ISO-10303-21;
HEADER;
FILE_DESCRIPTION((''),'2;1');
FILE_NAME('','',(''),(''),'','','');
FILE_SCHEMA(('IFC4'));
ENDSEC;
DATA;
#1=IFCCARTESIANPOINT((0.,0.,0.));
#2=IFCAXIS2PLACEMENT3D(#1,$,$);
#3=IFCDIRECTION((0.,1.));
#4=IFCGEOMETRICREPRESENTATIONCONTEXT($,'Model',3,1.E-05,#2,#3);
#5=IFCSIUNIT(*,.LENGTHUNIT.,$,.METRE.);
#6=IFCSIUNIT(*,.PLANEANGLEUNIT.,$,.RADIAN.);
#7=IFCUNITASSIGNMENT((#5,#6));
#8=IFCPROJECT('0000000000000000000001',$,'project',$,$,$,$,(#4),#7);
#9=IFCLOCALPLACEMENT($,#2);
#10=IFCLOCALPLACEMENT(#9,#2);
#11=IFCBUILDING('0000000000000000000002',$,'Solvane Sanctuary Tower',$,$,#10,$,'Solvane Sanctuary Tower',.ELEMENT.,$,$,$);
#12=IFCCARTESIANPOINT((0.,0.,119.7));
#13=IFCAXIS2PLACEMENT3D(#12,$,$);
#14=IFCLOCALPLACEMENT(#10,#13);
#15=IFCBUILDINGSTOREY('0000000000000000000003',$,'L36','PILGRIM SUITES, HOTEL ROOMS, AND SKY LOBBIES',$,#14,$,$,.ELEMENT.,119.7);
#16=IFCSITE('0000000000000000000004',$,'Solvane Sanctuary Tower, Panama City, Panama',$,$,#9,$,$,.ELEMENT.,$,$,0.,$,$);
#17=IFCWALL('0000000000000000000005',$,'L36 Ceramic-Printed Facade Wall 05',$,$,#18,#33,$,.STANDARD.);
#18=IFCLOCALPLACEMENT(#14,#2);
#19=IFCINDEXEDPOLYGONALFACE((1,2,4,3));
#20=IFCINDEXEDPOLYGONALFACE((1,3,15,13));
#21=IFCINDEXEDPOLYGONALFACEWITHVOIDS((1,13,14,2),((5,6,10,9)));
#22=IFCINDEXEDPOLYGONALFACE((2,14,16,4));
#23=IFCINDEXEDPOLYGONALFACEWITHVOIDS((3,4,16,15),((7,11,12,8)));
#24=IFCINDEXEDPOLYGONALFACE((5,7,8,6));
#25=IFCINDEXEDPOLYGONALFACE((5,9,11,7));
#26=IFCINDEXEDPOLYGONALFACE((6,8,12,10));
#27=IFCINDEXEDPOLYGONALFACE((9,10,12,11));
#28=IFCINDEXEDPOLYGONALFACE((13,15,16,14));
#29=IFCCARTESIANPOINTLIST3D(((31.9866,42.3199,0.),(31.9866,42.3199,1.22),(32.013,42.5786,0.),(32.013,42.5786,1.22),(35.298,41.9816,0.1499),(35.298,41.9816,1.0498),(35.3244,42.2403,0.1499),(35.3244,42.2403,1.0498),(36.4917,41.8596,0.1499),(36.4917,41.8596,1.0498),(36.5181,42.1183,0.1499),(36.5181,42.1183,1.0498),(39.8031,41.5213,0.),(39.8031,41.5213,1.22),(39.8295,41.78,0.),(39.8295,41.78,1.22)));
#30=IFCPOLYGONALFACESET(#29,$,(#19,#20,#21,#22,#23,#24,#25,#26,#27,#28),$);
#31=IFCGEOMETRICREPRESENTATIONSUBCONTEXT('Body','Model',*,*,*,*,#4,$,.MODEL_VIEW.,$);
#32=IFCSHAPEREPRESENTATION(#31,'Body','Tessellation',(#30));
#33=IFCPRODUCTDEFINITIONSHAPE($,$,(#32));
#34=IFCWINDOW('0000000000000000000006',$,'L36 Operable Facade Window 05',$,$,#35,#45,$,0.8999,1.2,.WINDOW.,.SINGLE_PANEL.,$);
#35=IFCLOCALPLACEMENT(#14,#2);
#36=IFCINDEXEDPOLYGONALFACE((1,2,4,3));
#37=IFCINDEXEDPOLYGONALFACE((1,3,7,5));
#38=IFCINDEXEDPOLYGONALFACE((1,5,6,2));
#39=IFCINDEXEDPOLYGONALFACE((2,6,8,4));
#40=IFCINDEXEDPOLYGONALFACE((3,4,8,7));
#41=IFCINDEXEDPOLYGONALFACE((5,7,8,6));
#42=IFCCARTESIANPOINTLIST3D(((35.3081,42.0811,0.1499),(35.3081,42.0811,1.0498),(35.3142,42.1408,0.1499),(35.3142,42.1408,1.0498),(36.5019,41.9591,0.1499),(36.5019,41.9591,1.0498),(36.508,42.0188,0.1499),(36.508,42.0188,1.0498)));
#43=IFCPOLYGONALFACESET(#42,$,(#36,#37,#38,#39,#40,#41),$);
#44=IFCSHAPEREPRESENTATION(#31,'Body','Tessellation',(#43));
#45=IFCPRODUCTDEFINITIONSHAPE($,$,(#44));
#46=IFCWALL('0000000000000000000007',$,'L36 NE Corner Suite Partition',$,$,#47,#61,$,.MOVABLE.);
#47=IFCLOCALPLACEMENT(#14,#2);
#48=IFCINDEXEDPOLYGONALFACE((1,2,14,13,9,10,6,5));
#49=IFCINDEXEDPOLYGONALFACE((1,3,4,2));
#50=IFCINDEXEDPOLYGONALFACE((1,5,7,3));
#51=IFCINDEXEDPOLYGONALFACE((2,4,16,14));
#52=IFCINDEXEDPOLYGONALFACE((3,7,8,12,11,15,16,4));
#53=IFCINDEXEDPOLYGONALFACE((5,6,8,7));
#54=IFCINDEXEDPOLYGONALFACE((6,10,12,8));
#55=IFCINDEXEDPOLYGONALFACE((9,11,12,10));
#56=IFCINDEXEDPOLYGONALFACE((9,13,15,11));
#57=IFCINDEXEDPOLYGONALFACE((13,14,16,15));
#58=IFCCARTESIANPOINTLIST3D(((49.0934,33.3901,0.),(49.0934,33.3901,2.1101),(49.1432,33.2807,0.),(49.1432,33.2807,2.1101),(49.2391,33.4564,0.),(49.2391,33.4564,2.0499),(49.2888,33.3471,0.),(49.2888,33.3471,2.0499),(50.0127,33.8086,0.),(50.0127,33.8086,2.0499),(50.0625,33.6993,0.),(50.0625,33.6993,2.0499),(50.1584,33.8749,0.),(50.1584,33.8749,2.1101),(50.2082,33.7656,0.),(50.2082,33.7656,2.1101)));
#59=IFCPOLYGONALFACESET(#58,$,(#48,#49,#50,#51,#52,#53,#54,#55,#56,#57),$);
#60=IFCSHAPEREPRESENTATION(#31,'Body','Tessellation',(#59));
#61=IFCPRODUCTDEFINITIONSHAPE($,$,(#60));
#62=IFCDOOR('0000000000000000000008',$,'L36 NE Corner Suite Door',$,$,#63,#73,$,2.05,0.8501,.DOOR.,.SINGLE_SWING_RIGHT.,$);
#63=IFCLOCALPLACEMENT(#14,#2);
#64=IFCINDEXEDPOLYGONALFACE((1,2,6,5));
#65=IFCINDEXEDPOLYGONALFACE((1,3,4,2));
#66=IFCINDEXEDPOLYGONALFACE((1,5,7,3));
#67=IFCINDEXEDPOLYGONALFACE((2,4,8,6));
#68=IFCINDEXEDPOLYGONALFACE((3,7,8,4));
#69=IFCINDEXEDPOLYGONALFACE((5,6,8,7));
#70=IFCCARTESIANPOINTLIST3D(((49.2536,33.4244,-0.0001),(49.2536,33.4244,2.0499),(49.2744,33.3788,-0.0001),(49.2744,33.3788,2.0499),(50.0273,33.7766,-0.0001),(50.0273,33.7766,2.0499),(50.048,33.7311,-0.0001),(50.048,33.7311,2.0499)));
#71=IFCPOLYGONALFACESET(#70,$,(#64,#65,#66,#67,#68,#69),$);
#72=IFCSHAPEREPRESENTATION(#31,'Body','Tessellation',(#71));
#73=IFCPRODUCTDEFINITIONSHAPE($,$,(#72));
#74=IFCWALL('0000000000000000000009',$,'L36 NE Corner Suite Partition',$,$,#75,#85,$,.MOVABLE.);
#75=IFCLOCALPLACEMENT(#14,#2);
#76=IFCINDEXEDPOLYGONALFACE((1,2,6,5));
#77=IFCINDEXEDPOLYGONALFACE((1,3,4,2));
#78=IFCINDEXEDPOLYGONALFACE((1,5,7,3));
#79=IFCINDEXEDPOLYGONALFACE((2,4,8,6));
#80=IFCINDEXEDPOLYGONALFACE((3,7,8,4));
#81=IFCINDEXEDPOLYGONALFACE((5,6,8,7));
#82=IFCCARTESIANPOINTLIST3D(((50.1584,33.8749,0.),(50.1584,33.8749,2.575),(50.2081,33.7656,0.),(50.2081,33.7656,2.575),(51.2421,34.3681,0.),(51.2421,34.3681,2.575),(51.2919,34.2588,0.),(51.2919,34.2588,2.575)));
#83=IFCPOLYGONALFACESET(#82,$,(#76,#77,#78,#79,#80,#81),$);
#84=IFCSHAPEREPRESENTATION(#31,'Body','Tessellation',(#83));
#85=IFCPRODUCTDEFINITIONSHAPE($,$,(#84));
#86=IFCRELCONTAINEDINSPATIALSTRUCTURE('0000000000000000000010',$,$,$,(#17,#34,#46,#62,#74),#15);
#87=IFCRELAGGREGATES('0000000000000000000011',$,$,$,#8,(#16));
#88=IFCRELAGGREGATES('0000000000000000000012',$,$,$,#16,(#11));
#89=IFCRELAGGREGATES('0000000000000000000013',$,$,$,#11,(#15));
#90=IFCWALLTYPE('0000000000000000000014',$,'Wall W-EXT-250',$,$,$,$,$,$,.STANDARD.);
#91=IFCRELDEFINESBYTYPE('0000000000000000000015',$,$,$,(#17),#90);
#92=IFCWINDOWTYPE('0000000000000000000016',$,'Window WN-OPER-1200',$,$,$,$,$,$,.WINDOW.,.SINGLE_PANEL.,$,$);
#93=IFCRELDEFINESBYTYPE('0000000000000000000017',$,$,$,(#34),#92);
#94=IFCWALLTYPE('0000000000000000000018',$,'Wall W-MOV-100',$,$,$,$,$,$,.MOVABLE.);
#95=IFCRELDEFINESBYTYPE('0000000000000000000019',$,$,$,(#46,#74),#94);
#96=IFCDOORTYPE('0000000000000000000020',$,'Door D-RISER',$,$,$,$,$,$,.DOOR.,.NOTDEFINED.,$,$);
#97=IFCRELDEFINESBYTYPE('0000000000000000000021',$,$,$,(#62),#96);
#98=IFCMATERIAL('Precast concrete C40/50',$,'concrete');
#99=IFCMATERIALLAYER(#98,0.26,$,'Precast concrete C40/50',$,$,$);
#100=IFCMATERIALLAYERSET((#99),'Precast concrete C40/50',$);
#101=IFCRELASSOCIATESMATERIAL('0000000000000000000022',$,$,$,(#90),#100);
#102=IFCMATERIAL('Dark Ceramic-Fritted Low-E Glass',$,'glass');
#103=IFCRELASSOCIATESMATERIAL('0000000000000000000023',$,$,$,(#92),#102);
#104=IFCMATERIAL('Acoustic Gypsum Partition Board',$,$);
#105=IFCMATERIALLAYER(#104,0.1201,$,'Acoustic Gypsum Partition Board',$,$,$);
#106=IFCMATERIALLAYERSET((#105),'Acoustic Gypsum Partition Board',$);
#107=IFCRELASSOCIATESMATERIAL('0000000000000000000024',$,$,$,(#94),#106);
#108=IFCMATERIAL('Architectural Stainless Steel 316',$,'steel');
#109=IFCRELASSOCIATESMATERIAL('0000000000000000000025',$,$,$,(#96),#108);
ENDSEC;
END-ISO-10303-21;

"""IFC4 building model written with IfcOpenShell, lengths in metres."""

from ifc_helpers import new_model, si_unit, direction, frame, frame_2d, origin, place, context, subcontext, project, spatial, rectangle, extrude, material, layer, layer_set, type_object, element, fill, save


model = new_model("IFC4")

# Units and contexts
model_context = context("Model", 3, precision=1e-05, world=origin(), true_north=direction((0.0, 1.0)))
body_context = subcontext(model_context, "Body", "Model", "MODEL_VIEW")
ifc_project = project(units=[si_unit("LENGTHUNIT", "METRE"), si_unit("PLANEANGLEUNIT", "RADIAN")], contexts=[model_context])

# Site, building, storey
site_placement = place(None, origin())
site = spatial("IfcSite", under=ifc_project, at=site_placement, Name="Solvane Sanctuary Tower, Panama City, Panama", CompositionType="ELEMENT", RefElevation=0.0)
building_placement = place(site_placement, origin())
building = spatial("IfcBuilding", under=site, at=building_placement, Name="Solvane Sanctuary Tower", LongName="Solvane Sanctuary Tower", CompositionType="ELEMENT")
storey_placement = place(building_placement, frame((0.0, 0.0, 119.7)))
storey = spatial("IfcBuildingStorey", under=building, at=storey_placement, Name="L36", Description="PILGRIM SUITES, HOTEL ROOMS, AND SKY LOBBIES", CompositionType="ELEMENT", Elevation=119.7)

# Shared definitions
ifc_material_1 = material(Name="Dark Ceramic-Fritted Low-E Glass", Category="glass")

# Shared definitions
ifc_material_2 = material(Name="Acoustic Gypsum Partition Board")

# Shared definitions
ifc_material_3 = material(Name="Precast concrete C40/50", Category="concrete")
ifc_layer_1 = layer(ifc_material_3, 0.26, Name="Precast concrete C40/50")
ifc_layer_set_1 = layer_set([ifc_layer_1], Name="Precast concrete C40/50")
wall_type_1 = type_object("IfcWallType", Name="Wall W-EXT-250", PredefinedType="STANDARD", material=ifc_layer_set_1)
window_type = type_object("IfcWindowType", Name="Window WN-OPER-1200", PartitioningType="SINGLE_PANEL", PredefinedType="WINDOW", material=ifc_material_1)

# Wall, opening, window
wall_1_placement = place(storey_placement, frame((39.8164, 41.6506, 0.0), z_axis=(0.0, 0.0, 1.0), x_axis=(-0.994821, 0.101639, 0.0)))
wall_1 = element("IfcWall", 1, at=wall_1_placement, inside=storey, type_object=wall_type_1, Name="L36 Ceramic-Printed Facade Wall 05", PredefinedType="STANDARD", context=body_context, shape_type="SweptSolid", body=[
    extrude(rectangle(XDim=7.8572, YDim=0.26, at=frame_2d((3.9287, 0.0))), origin(), (0.0, 0.0, 1.0), 1.22),
])
opening_1_placement = place(wall_1_placement, frame((3.3286, 0.0, 0.1499)))
opening_1 = element("IfcOpeningElement", 2, at=opening_1_placement, cuts=wall_1, PredefinedType="OPENING", context=body_context, shape_type="SweptSolid", body=[
    extrude(rectangle(XDim=1.2, YDim=0.8999, at=frame_2d((0.6001, 0.45))), frame((0.0, 0.1399, 0.0), z_axis=(0.0, -1.0, 0.0), x_axis=(1.0, 0.0, 0.0)), (0.0, 0.0, 1.0), 0.28),
])
window_1_placement = place(opening_1_placement, origin())
window_1 = element("IfcWindow", 3, at=window_1_placement, inside=storey, type_object=window_type, Name="L36 Operable Facade Window 05", OverallHeight=0.8999, OverallWidth=1.2, PartitioningType="SINGLE_PANEL", PredefinedType="WINDOW", context=body_context, shape_type="SweptSolid", body=[
    extrude(rectangle(XDim=1.2, YDim=0.8999, at=frame_2d((0.6001, 0.45))), frame((0.0, 0.03, 0.0), z_axis=(0.0, -1.0, 0.0), x_axis=(1.0, 0.0, 0.0)), (0.0, 0.0, 1.0), 0.0601),
])
fill(opening_1, window_1)

# Wall, opening, door
ifc_layer_2 = layer(ifc_material_2, 0.1201, Name="Acoustic Gypsum Partition Board")
ifc_layer_set_2 = layer_set([ifc_layer_2], Name="Acoustic Gypsum Partition Board")
wall_type_2 = type_object("IfcWallType", Name="Wall W-MOV-100", PredefinedType="MOVABLE", material=ifc_layer_set_2)
wall_2_placement = place(storey_placement, frame((49.1184, 33.3354, 0.0), z_axis=(0.0, 0.0, 1.0), x_axis=(0.910109, 0.414369, 0.0)))
wall_2 = element("IfcWall", 4, at=wall_2_placement, inside=storey, type_object=wall_type_2, Name="L36 NE Corner Suite Partition", PredefinedType="MOVABLE", context=body_context, shape_type="SweptSolid", body=[
    extrude(rectangle(XDim=1.1702, YDim=0.1201, at=frame_2d((0.585, 0.0))), origin(), (0.0, 0.0, 1.0), 2.1101),
])
opening_2_placement = place(wall_2_placement, frame((0.1599, 0.0, 0.0)))
opening_2 = element("IfcOpeningElement", 5, at=opening_2_placement, cuts=wall_2, PredefinedType="OPENING", context=body_context, shape_type="SweptSolid", body=[
    extrude(rectangle(XDim=0.8501, YDim=2.05, at=frame_2d((0.425, 1.0249))), frame((0.0, 0.0701, 0.0), z_axis=(0.0, -1.0, 0.0), x_axis=(1.0, 0.0, 0.0)), (0.0, 0.0, 1.0), 0.1401),
])
ifc_material_4 = material(Name="Architectural Stainless Steel 316", Category="steel")
door_type_1 = type_object("IfcDoorType", Name="Door D-RISER", OperationType="NOTDEFINED", PredefinedType="DOOR", material=ifc_material_4)
door_1_placement = place(opening_2_placement, origin())
door_1 = element("IfcDoor", 6, at=door_1_placement, inside=storey, type_object=door_type_1, Name="L36 NE Corner Suite Door", OperationType="SINGLE_SWING_RIGHT", OverallHeight=2.05, OverallWidth=0.8501, PredefinedType="DOOR", context=body_context, shape_type="SweptSolid", body=[
    extrude(rectangle(XDim=0.8501, YDim=2.05, at=frame_2d((0.425, 1.0249))), frame((0.0, 0.0249, 0.0), z_axis=(0.0, -1.0, 0.0), x_axis=(1.0, 0.0, 0.0)), (0.0, 0.0, 1.0), 0.05),
])
fill(opening_2, door_1)

# Wall
wall_3_placement = place(storey_placement, frame((50.1833, 33.8203, 0.0), z_axis=(0.0, 0.0, 1.0), x_axis=(0.910191, 0.414189, 0.0)))
element("IfcWall", 7, at=wall_3_placement, inside=storey, type_object=wall_type_2, Name="L36 NE Corner Suite Partition", PredefinedType="MOVABLE", context=body_context, shape_type="SweptSolid", body=[
    extrude(rectangle(XDim=1.1907, YDim=0.1201, at=frame_2d((0.5952, 0.0))), origin(), (0.0, 0.0, 1.0), 2.575),
])

save(model, "model.ifc")
